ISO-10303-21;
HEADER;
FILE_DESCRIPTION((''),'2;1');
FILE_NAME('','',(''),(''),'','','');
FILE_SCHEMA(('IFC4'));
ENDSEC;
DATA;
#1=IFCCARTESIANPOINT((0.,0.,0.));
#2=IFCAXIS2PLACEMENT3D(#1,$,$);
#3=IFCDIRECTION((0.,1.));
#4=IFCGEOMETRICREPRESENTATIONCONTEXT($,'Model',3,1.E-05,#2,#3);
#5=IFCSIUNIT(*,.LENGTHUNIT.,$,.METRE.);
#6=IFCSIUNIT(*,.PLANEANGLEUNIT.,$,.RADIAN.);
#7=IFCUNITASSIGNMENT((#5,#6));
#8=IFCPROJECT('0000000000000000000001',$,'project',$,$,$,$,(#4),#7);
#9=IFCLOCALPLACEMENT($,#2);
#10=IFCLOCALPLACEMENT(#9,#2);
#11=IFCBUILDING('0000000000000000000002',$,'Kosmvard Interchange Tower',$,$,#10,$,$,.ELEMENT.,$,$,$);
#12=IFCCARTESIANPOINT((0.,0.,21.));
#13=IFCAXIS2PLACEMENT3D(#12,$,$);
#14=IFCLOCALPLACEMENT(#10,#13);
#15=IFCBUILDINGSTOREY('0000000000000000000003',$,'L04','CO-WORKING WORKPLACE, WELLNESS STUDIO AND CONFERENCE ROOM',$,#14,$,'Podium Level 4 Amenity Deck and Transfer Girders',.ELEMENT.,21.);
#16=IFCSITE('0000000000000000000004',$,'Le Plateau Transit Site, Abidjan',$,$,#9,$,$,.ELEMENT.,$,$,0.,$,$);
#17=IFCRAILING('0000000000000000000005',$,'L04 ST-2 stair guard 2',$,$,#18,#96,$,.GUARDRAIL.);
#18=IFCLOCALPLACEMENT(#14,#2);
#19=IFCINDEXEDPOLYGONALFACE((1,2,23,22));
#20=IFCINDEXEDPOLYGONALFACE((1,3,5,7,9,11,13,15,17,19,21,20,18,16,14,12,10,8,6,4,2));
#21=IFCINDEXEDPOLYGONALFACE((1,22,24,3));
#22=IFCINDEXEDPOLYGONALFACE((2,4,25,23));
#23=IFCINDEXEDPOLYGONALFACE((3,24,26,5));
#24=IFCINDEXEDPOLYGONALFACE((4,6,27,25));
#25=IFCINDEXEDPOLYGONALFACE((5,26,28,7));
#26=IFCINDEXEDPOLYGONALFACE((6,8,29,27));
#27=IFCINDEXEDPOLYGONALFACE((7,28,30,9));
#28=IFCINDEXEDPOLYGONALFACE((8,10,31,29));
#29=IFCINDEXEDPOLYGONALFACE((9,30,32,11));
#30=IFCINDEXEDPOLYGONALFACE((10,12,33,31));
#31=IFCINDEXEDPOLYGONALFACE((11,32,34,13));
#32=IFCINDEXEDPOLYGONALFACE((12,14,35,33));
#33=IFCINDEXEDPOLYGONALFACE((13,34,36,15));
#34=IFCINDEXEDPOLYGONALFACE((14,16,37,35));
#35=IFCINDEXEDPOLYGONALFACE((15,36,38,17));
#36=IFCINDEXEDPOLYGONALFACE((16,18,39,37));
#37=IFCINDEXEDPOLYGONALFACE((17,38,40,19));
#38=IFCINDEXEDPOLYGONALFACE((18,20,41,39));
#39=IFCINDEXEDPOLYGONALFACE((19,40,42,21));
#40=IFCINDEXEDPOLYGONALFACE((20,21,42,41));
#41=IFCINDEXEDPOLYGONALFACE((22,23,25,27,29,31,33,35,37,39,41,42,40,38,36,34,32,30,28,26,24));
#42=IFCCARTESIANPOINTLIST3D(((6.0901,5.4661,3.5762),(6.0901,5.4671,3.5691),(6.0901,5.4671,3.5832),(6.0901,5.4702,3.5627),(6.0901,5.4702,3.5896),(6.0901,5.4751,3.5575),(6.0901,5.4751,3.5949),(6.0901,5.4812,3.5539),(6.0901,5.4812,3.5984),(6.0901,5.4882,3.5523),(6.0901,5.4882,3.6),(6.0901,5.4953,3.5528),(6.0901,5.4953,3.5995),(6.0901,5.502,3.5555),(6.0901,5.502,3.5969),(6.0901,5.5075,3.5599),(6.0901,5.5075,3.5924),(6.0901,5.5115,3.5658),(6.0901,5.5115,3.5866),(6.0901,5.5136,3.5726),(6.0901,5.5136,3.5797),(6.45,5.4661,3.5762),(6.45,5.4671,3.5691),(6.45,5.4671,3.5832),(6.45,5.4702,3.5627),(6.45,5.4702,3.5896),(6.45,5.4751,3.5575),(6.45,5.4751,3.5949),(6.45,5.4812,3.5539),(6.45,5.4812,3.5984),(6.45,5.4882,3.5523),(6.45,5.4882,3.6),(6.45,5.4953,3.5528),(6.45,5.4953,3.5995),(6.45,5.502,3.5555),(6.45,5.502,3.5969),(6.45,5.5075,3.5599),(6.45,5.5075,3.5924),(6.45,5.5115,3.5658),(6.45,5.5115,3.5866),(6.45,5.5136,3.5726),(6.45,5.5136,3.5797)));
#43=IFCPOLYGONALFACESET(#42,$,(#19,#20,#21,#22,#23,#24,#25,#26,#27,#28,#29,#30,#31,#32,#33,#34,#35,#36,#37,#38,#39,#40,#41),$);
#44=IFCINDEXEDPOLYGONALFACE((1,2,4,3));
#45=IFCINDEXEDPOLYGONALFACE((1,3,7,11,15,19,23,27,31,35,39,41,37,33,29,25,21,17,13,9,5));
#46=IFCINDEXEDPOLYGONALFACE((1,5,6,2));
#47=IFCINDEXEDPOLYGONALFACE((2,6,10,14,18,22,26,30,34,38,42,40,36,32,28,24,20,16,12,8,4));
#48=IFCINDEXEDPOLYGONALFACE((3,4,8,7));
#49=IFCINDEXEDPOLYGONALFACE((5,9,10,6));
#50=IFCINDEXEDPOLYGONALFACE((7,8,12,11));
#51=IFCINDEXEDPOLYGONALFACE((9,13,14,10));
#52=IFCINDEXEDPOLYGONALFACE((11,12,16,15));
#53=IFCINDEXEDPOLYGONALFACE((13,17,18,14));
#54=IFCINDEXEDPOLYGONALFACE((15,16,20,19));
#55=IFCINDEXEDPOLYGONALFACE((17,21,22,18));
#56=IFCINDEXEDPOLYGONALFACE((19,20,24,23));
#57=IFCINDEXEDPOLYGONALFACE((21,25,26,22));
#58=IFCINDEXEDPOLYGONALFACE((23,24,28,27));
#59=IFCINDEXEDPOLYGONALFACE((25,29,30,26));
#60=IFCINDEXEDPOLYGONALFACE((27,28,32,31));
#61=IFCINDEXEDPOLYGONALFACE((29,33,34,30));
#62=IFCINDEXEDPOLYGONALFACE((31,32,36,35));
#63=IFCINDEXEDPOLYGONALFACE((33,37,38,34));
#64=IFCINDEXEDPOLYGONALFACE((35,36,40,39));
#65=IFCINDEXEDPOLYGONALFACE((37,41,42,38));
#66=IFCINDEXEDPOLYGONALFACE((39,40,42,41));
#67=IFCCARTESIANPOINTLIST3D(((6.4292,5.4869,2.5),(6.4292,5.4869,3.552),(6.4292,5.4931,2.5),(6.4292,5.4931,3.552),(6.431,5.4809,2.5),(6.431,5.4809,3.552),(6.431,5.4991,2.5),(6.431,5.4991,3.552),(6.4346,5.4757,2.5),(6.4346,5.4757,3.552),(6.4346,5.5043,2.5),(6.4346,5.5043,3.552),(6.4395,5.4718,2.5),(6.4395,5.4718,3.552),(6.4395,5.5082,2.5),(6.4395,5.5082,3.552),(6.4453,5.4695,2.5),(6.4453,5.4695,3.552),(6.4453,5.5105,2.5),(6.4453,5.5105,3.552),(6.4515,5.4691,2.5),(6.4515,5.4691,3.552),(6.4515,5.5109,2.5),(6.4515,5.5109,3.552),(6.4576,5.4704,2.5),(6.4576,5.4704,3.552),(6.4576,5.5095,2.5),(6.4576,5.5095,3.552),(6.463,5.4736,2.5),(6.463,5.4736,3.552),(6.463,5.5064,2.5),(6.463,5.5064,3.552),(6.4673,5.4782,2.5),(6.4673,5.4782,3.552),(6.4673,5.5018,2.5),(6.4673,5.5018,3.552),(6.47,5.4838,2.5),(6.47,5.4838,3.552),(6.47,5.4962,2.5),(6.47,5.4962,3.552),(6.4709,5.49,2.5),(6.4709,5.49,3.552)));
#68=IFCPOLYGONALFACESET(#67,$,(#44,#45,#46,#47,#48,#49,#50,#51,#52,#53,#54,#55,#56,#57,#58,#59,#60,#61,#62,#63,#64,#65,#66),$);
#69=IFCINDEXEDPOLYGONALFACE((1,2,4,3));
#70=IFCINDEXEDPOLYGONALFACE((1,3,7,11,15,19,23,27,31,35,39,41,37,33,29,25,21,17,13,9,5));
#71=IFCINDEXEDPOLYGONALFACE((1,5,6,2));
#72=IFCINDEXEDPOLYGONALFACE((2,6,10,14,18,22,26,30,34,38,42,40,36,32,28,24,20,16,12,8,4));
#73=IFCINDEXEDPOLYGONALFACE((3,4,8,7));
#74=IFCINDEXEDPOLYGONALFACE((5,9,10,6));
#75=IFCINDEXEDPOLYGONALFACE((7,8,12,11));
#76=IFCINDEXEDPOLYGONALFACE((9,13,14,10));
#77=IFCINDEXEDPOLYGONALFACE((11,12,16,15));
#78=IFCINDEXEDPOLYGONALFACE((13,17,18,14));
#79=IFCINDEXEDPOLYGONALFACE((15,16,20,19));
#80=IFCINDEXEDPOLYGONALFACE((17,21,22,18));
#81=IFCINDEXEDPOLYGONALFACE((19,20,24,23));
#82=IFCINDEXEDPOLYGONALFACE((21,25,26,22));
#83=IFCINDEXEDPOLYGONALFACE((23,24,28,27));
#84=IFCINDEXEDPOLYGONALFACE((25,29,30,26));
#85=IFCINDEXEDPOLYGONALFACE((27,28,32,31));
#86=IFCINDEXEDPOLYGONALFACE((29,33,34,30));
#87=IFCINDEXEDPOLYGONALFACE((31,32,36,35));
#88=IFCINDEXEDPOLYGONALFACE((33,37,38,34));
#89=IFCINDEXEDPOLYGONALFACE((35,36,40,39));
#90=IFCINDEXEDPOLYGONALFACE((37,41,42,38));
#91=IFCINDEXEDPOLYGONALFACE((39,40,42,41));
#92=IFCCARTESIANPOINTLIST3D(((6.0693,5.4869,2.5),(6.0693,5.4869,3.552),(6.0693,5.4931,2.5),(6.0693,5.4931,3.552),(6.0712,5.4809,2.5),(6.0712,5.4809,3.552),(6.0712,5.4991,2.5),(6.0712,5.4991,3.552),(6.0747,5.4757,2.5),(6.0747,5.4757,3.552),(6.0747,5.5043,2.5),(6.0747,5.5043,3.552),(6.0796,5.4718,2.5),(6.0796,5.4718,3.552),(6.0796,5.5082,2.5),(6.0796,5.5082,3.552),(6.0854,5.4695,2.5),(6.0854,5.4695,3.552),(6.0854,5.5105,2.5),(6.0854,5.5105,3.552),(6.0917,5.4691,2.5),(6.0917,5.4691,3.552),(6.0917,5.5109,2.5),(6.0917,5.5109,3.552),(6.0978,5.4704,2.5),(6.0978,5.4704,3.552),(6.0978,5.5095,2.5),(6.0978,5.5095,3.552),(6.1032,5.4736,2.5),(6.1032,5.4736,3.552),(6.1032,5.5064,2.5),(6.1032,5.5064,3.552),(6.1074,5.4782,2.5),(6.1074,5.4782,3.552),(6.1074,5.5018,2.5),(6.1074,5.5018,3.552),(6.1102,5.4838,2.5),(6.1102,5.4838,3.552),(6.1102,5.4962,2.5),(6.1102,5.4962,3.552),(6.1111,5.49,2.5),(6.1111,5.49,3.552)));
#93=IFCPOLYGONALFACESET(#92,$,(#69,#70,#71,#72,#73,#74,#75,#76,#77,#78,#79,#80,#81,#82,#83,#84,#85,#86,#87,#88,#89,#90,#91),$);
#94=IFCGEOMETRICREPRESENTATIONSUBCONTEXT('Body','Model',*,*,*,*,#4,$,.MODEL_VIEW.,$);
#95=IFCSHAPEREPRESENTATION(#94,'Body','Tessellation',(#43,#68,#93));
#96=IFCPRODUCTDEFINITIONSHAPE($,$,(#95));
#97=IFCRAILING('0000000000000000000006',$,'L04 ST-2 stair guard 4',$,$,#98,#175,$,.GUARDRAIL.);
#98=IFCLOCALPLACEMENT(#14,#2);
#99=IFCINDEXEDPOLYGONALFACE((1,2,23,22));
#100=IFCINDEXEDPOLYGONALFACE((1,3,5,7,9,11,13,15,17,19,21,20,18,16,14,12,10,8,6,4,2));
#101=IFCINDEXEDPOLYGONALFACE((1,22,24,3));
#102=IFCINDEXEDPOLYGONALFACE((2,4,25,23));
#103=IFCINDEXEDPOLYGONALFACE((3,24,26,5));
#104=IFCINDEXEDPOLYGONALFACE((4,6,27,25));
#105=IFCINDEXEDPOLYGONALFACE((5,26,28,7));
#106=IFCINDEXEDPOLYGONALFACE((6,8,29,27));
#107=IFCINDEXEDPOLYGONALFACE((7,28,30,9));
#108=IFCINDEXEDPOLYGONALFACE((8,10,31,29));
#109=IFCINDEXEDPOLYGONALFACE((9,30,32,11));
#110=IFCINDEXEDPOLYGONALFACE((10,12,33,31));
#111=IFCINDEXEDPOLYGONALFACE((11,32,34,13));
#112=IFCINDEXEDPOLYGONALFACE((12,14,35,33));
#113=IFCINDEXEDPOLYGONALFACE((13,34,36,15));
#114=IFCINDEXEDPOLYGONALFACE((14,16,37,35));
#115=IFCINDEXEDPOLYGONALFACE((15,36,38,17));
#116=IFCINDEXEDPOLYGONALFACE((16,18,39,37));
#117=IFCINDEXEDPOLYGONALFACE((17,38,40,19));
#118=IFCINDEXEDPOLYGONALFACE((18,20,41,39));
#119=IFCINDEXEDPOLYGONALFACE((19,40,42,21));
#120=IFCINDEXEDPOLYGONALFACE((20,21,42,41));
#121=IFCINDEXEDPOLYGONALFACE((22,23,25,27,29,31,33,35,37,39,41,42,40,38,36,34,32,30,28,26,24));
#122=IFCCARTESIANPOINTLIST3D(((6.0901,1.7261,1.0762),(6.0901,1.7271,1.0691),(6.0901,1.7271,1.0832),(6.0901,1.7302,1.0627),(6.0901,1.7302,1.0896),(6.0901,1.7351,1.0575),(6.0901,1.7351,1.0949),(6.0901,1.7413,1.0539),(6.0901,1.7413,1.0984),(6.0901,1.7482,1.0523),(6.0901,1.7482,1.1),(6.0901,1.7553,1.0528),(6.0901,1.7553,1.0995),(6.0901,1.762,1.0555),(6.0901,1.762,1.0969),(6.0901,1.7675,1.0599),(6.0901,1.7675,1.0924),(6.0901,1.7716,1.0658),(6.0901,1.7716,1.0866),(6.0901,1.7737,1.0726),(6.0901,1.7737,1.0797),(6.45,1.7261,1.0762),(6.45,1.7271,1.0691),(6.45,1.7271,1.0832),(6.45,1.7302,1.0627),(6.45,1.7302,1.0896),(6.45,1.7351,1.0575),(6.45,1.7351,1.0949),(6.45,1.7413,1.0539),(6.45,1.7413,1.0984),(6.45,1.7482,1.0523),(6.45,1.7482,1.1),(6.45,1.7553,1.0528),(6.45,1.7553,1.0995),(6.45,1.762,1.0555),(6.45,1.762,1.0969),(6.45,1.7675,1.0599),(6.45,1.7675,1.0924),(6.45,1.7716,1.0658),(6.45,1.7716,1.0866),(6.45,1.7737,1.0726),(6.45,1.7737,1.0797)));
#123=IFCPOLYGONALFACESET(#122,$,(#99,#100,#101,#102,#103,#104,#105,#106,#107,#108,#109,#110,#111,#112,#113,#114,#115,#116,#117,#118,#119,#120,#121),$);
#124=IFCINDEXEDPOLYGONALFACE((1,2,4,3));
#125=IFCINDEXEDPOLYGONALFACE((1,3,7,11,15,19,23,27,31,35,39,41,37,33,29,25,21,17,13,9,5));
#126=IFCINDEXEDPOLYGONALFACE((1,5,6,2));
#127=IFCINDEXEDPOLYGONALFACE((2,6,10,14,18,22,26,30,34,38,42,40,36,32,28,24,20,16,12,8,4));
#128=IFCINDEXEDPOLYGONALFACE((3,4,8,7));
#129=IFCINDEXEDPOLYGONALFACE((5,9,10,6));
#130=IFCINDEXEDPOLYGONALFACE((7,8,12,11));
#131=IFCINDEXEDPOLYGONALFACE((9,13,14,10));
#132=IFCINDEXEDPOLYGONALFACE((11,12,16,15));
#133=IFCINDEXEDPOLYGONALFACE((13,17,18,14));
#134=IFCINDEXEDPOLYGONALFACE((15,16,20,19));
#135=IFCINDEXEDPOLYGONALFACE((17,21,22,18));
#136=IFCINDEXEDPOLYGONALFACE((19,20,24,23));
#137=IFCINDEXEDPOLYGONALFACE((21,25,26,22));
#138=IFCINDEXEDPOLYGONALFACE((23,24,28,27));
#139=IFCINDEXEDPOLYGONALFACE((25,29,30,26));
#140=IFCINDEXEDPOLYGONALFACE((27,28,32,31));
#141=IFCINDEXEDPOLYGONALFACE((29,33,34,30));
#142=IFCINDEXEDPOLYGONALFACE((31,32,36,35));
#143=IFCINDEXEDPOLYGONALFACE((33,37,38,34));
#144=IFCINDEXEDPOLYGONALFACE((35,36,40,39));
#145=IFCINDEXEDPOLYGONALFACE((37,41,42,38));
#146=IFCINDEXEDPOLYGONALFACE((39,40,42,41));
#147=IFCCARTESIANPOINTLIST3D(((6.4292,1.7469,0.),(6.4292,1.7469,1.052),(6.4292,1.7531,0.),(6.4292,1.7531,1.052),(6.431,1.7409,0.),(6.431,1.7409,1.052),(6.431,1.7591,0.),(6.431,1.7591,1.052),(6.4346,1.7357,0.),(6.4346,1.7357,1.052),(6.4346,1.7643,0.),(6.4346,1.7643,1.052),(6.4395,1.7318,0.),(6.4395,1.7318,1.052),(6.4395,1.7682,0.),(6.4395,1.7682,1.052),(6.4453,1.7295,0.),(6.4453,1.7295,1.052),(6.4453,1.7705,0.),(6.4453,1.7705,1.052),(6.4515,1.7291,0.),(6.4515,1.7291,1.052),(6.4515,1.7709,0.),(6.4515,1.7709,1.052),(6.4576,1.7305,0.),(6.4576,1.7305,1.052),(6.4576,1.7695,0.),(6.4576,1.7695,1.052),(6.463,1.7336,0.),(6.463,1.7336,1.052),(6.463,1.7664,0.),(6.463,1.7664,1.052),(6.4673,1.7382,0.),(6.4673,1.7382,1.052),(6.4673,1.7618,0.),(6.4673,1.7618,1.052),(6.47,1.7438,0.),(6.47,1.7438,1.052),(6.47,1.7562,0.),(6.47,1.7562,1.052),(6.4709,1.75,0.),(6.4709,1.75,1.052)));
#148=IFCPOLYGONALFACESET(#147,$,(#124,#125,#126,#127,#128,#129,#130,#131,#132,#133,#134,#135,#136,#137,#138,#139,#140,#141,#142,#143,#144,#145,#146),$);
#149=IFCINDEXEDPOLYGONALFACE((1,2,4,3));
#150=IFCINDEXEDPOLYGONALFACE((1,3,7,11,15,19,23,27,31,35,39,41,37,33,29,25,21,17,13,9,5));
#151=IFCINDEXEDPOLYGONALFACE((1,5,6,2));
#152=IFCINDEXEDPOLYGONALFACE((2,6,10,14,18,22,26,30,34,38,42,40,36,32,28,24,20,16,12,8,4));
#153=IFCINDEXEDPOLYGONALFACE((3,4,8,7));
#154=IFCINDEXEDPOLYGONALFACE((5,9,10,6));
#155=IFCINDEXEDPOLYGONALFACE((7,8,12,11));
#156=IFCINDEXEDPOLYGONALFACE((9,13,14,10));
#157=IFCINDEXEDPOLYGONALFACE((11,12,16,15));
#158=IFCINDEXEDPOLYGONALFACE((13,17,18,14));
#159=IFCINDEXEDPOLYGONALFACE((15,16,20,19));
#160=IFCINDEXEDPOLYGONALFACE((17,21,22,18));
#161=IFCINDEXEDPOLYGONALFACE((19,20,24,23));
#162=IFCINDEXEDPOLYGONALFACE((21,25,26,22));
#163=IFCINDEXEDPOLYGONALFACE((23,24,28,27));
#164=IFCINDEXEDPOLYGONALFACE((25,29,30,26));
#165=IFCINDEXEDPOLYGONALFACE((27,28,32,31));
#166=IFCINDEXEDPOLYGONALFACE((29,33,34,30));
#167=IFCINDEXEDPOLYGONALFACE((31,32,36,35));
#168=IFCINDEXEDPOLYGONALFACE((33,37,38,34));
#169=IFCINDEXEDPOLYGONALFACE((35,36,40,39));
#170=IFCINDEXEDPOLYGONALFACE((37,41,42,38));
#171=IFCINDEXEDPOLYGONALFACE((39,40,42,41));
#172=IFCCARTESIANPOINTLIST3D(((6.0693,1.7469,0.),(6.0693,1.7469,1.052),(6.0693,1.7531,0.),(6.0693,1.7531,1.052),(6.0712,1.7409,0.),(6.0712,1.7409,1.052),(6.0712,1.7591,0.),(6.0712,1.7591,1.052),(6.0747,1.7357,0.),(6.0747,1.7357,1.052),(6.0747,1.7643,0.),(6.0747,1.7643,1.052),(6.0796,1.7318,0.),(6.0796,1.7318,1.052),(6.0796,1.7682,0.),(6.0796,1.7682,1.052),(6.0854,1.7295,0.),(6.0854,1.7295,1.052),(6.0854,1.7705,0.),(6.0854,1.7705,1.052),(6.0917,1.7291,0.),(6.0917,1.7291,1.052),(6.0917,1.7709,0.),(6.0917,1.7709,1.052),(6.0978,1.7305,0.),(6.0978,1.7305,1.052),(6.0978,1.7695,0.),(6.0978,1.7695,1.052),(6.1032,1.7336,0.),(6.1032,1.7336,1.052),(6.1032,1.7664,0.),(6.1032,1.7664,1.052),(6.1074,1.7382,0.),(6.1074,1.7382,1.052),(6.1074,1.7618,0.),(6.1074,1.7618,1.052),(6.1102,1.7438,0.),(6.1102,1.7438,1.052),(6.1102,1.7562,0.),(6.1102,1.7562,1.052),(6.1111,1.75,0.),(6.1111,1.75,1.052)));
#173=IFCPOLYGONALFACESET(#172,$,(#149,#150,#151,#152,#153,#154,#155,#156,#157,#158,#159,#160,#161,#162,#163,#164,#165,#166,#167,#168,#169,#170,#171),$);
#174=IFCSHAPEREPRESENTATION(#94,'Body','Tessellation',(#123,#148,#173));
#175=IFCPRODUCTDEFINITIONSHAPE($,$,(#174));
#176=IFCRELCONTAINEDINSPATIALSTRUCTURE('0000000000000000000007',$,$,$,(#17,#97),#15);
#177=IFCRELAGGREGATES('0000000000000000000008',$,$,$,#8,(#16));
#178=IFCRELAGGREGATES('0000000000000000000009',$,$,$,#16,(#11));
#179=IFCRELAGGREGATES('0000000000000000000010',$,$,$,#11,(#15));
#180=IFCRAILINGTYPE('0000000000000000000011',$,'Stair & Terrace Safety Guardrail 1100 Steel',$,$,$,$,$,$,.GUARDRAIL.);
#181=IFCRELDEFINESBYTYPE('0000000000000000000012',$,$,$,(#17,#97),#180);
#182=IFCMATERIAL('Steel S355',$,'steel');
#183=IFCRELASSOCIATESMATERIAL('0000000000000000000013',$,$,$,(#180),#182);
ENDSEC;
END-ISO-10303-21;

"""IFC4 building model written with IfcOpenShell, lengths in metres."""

from ifc_helpers import new_model, si_unit, direction, frame, origin, origin_2d, place, context, subcontext, project, spatial, circle, extrude, source, transform, mapped, material, type_object, element, save


model = new_model("IFC4")

# Units and contexts
model_context = context("Model", 3, precision=1e-05, world=origin(), true_north=direction((0.0, 1.0)))
body_context = subcontext(model_context, "Body", "Model", "MODEL_VIEW")
ifc_project = project(units=[si_unit("LENGTHUNIT", "METRE"), si_unit("PLANEANGLEUNIT", "RADIAN")], contexts=[model_context])

# Site, building, storey
site_placement = place(None, origin())
site = spatial("IfcSite", under=ifc_project, at=site_placement, Name="Le Plateau Transit Site, Abidjan", CompositionType="ELEMENT", RefElevation=0.0)
building_placement = place(site_placement, origin())
building = spatial("IfcBuilding", under=site, at=building_placement, Name="Kosmvard Interchange Tower", CompositionType="ELEMENT")
storey_placement = place(building_placement, frame((0.0, 0.0, 21.0)))
storey = spatial("IfcBuildingStorey", under=building, at=storey_placement, Name="L04", Description="CO-WORKING WORKPLACE, WELLNESS STUDIO AND CONFERENCE ROOM", LongName="Podium Level 4 Amenity Deck and Transfer Girders", CompositionType="ELEMENT", Elevation=21.0)

# Shared definitions
ifc_material_1 = material(Name="Steel S355", Category="steel")

# Railings
railing_type_1 = type_object("IfcRailingType", Name="Stair & Terrace Safety Guardrail 1100 Steel", PredefinedType="GUARDRAIL", material=ifc_material_1)
shared_shape_1 = source(origin(), body_context, "Body", "SweptSolid", [
    extrude(circle(Radius=0.0239, at=origin_2d()), frame((0.0, 0.0, 1.0762), z_axis=(-1.0, 0.0, 0.0), x_axis=(0.0, -1.0, 0.0)), (0.0, 0.0, 1.0), 0.3599),
    extrude(circle(Radius=0.021, at=origin_2d()), origin(), (0.0, 0.0, 1.0), 1.052),
    extrude(circle(Radius=0.021, at=origin_2d()), frame((-0.3599, 0.0, 0.0)), (0.0, 0.0, 1.0), 1.052),
])
for number, where, name in (
    (1, (6.45, 5.49, 2.5), "L04 ST-2 stair guard 2"),
    (2, (6.45, 1.75, 0.0), "L04 ST-2 stair guard 4"),
):
    element("IfcRailing", number, at=place(storey_placement, frame(where)), inside=storey, type_object=railing_type_1, Name=name, PredefinedType="GUARDRAIL", context=body_context, shape_type="MappedRepresentation", body=[
        mapped(shared_shape_1, transform((0.0, 0.0, 0.0), scale=1.0)),
    ])

save(model, "model.ifc")
